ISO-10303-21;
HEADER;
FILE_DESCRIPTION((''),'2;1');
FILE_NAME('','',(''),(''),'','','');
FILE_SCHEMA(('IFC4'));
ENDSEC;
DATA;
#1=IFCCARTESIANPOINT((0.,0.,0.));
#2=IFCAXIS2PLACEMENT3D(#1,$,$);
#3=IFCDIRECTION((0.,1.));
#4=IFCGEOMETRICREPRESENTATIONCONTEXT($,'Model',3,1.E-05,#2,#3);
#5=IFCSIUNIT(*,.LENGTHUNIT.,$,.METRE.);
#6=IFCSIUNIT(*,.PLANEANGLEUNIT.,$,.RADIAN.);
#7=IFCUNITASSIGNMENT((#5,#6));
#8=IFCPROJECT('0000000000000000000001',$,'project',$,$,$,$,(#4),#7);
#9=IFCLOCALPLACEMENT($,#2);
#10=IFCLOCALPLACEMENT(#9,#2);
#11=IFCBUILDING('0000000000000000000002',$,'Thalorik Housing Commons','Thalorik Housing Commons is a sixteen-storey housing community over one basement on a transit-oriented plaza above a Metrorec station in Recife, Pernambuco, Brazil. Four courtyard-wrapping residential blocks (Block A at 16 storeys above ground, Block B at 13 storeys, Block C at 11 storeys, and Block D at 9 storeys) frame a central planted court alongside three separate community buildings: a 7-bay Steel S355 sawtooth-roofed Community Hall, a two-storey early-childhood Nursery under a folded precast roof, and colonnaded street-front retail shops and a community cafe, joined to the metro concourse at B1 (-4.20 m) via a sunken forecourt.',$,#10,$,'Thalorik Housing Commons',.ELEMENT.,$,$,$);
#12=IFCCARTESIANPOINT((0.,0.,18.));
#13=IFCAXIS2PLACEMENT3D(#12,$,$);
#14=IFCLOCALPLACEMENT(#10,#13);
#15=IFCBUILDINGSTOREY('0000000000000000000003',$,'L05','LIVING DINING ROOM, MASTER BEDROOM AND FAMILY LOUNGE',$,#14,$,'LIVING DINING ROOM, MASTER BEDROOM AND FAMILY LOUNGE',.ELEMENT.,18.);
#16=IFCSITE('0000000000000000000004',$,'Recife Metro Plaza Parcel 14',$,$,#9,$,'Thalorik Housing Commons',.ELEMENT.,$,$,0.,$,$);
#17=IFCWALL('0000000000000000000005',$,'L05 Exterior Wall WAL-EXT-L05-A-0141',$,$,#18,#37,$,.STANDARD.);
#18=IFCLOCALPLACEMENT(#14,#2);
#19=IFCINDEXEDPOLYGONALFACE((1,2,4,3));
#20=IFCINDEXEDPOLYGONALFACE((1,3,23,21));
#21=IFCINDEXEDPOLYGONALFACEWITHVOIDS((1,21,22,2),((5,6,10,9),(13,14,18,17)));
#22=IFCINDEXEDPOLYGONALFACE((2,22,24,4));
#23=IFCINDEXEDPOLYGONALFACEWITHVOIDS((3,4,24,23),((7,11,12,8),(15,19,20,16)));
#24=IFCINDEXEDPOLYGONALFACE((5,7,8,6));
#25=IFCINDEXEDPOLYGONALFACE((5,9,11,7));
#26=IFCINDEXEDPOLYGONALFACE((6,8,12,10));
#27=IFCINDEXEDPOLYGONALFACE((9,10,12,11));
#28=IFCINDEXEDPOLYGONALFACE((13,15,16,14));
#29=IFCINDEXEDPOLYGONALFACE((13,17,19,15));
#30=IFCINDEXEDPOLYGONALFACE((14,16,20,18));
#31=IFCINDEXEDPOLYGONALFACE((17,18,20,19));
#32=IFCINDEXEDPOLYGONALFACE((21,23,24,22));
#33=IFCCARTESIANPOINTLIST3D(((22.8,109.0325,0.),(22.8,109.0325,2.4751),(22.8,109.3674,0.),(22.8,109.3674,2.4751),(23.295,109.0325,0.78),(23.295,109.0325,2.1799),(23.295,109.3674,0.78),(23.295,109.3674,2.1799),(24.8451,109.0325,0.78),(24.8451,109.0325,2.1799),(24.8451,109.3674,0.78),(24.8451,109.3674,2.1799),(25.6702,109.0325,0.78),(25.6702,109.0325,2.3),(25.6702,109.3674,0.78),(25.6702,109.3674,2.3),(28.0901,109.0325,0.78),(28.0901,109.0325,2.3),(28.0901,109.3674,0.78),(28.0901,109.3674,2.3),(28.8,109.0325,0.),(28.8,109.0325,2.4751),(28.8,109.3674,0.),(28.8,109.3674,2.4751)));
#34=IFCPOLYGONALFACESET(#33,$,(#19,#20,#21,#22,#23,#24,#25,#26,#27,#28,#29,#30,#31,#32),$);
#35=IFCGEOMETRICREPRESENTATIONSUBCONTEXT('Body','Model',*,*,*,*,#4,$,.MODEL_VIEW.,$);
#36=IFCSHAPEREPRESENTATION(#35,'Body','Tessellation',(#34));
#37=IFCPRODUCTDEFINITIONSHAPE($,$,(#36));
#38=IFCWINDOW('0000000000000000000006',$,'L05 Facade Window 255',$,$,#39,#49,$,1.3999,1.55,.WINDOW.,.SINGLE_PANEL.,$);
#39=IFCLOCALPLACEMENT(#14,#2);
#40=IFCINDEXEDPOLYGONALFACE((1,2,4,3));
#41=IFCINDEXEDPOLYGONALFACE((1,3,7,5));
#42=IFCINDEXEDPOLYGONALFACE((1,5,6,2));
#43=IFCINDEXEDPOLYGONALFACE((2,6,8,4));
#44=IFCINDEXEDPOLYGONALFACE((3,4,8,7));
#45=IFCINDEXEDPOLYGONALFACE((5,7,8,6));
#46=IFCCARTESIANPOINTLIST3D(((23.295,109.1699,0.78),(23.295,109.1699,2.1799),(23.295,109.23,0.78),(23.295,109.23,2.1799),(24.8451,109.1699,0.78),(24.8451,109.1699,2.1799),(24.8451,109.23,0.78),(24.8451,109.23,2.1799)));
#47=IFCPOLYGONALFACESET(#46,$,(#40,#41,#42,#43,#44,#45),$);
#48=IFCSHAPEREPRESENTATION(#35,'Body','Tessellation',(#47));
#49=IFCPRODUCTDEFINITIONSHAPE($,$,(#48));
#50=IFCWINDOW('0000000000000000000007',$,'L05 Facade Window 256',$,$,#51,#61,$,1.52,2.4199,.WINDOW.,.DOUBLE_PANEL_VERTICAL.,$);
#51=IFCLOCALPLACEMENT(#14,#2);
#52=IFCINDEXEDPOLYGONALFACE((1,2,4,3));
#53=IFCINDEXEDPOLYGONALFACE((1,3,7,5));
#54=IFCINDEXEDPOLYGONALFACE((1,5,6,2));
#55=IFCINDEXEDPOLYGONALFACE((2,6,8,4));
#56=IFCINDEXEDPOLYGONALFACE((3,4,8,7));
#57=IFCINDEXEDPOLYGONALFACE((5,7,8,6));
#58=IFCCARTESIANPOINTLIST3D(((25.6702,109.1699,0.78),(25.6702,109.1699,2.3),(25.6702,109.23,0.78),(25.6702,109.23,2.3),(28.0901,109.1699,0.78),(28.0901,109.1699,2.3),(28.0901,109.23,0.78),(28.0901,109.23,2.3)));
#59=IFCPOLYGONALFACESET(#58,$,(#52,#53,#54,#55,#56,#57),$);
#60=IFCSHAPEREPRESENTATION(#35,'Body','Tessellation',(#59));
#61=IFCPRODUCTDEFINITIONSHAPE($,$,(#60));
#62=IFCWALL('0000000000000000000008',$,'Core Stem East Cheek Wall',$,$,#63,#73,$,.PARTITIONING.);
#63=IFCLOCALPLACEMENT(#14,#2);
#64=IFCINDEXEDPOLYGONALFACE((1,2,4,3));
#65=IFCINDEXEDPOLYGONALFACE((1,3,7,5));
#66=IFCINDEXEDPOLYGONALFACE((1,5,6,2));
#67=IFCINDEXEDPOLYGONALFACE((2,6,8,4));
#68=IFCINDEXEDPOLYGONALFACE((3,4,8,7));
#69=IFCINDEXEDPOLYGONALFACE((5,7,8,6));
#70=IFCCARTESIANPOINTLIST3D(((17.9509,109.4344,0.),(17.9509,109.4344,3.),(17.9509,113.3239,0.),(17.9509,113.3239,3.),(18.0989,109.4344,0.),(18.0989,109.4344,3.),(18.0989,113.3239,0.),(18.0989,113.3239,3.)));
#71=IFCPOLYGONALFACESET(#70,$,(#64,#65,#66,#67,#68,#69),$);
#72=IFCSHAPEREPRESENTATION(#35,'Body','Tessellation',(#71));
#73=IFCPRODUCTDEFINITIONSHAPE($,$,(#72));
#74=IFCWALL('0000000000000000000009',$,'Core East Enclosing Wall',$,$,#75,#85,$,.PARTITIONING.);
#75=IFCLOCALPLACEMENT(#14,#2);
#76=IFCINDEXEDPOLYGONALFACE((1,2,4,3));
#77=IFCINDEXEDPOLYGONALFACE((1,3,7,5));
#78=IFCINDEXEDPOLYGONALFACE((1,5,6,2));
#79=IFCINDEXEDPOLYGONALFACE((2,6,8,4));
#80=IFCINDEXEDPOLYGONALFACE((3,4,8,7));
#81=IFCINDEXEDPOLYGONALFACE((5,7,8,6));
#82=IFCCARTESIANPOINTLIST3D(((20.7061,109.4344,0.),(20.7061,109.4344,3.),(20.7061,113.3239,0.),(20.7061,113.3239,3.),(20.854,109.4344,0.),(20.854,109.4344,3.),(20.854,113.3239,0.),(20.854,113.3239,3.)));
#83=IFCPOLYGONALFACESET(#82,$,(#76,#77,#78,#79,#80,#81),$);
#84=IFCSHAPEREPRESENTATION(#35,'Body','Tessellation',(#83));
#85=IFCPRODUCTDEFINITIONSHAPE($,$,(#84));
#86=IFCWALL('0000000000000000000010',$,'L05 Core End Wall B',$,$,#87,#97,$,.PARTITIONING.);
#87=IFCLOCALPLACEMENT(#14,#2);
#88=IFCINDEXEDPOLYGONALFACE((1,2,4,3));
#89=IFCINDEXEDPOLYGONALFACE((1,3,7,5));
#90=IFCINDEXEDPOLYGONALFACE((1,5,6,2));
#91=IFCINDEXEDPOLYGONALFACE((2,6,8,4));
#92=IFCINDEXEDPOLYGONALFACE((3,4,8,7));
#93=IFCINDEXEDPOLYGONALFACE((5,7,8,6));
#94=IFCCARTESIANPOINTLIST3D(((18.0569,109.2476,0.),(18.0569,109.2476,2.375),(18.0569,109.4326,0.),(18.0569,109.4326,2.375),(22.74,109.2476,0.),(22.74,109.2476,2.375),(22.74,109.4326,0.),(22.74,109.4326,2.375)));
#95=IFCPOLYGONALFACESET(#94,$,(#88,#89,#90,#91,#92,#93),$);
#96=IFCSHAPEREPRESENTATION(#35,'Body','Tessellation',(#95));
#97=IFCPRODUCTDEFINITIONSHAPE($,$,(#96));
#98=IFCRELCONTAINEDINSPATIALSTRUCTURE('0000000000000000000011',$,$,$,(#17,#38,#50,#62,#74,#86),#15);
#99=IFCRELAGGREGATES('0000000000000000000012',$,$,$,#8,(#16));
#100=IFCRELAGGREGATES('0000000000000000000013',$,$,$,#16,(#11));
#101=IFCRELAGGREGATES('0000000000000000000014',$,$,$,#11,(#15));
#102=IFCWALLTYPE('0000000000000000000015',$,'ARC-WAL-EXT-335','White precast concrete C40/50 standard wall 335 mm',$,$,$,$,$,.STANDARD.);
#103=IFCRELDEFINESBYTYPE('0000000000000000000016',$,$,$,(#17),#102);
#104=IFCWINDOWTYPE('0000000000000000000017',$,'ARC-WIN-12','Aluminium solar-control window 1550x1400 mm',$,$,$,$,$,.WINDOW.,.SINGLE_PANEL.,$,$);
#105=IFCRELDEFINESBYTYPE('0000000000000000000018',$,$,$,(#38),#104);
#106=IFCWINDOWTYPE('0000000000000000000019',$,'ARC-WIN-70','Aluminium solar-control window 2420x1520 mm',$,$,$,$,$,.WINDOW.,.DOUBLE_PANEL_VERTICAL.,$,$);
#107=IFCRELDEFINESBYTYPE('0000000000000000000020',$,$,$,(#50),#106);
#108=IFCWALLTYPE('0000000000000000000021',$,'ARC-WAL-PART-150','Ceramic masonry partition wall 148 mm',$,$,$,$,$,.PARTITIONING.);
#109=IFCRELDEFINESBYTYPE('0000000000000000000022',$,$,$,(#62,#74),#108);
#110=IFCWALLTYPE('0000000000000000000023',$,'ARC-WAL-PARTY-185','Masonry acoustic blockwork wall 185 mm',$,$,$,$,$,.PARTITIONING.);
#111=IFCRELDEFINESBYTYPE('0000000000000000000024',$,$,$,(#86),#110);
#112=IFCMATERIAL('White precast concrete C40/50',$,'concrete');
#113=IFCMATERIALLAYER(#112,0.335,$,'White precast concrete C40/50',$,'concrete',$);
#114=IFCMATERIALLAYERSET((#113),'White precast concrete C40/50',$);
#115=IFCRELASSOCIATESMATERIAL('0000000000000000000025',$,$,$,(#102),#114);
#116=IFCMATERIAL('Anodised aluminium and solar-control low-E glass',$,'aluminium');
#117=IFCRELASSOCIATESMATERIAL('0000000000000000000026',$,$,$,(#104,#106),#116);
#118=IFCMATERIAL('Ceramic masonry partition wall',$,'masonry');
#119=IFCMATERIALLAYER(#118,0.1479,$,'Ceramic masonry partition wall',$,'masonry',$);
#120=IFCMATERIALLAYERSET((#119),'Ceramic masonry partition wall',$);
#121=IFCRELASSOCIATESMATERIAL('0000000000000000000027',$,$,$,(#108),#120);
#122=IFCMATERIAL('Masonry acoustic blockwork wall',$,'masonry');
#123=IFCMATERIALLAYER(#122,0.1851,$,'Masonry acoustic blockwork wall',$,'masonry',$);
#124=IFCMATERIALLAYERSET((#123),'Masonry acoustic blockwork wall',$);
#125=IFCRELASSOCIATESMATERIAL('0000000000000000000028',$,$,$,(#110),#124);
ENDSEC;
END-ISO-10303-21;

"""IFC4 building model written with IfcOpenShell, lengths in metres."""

from ifc_helpers import new_model, si_unit, direction, frame, frame_2d, origin, place, context, subcontext, project, spatial, rectangle, extrude, material, layer, layer_set, type_object, element, fill, save


model = new_model("IFC4")

# Units and contexts
model_context = context("Model", 3, precision=1e-05, world=origin(), true_north=direction((0.0, 1.0)))
body_context = subcontext(model_context, "Body", "Model", "MODEL_VIEW")
ifc_project = project(units=[si_unit("LENGTHUNIT", "METRE"), si_unit("PLANEANGLEUNIT", "RADIAN")], contexts=[model_context])

# Site, building, storey
site_placement = place(None, origin())
site = spatial("IfcSite", under=ifc_project, at=site_placement, Name="Recife Metro Plaza Parcel 14", LongName="Thalorik Housing Commons", CompositionType="ELEMENT", RefElevation=0.0)
building_placement = place(site_placement, origin())
building = spatial("IfcBuilding", under=site, at=building_placement, Name="Thalorik Housing Commons", Description="Thalorik Housing Commons is a sixteen-storey housing community over one basement on a transit-oriented plaza above a Metrorec station in Recife, Pernambuco, Brazil. Four courtyard-wrapping residential blocks (Block A at 16 storeys above ground, Block B at 13 storeys, Block C at 11 storeys, and Block D at 9 storeys) frame a central planted court alongside three separate community buildings: a 7-bay Steel S355 sawtooth-roofed Community Hall, a two-storey early-childhood Nursery under a folded precast roof, and colonnaded street-front retail shops and a community cafe, joined to the metro concourse at B1 (-4.20 m) via a sunken forecourt.", LongName="Thalorik Housing Commons", CompositionType="ELEMENT")
storey_placement = place(building_placement, frame((0.0, 0.0, 18.0)))
storey = spatial("IfcBuildingStorey", under=building, at=storey_placement, Name="L05", Description="LIVING DINING ROOM, MASTER BEDROOM AND FAMILY LOUNGE", LongName="LIVING DINING ROOM, MASTER BEDROOM AND FAMILY LOUNGE", CompositionType="ELEMENT", Elevation=18.0)

# Wall, openings, windows
ifc_material_1 = material(Name="White precast concrete C40/50", Category="concrete")
ifc_layer_1 = layer(ifc_material_1, 0.335, Name="White precast concrete C40/50", Category="concrete")
ifc_layer_set_1 = layer_set([ifc_layer_1], Name="White precast concrete C40/50")
wall_type_1 = type_object("IfcWallType", Name="ARC-WAL-EXT-335", Description="White precast concrete C40/50 standard wall 335 mm", PredefinedType="STANDARD", material=ifc_layer_set_1)
wall_1_placement = place(storey_placement, frame((22.8, 109.2, 0.0), z_axis=(0.0, 0.0, 1.0), x_axis=(1.0, 0.0, 0.0)))
wall_1 = element("IfcWall", 1, at=wall_1_placement, inside=storey, type_object=wall_type_1, Name="L05 Exterior Wall WAL-EXT-L05-A-0141", PredefinedType="STANDARD", context=body_context, shape_type="SweptSolid", body=[
    extrude(rectangle(XDim=6.0, YDim=0.335, at=frame_2d((3.0, 0.0))), origin(), (0.0, 0.0, 1.0), 2.4751),
])
opening_1_placement = place(wall_1_placement, frame((0.4951, 0.0, 0.78)))
opening_1 = element("IfcOpeningElement", 2, at=opening_1_placement, cuts=wall_1, PredefinedType="OPENING", context=body_context, shape_type="SweptSolid", body=[
    extrude(rectangle(XDim=1.55, YDim=1.3999, at=frame_2d((0.7749, 0.7))), frame((0.0, 0.1775, 0.0), z_axis=(0.0, -1.0, 0.0), x_axis=(1.0, 0.0, 0.0)), (0.0, 0.0, 1.0), 0.355),
])
opening_2_placement = place(wall_1_placement, frame((2.8701, 0.0, 0.78)))
opening_2 = element("IfcOpeningElement", 3, at=opening_2_placement, cuts=wall_1, PredefinedType="OPENING", context=body_context, shape_type="SweptSolid", body=[
    extrude(rectangle(XDim=2.4199, YDim=1.52, at=frame_2d((1.21, 0.76))), frame((0.0, 0.1775, 0.0), z_axis=(0.0, -1.0, 0.0), x_axis=(1.0, 0.0, 0.0)), (0.0, 0.0, 1.0), 0.355),
])
ifc_material_2 = material(Name="Anodised aluminium and solar-control low-E glass", Category="aluminium")
window_type_1 = type_object("IfcWindowType", Name="ARC-WIN-12", Description="Aluminium solar-control window 1550x1400 mm", PartitioningType="SINGLE_PANEL", PredefinedType="WINDOW", material=ifc_material_2)
window_1_placement = place(opening_1_placement, origin())
window_1 = element("IfcWindow", 4, at=window_1_placement, inside=storey, type_object=window_type_1, Name="L05 Facade Window 255", OverallHeight=1.3999, OverallWidth=1.55, PartitioningType="SINGLE_PANEL", PredefinedType="WINDOW", context=body_context, shape_type="SweptSolid", body=[
    extrude(rectangle(XDim=1.55, YDim=1.3999, at=frame_2d((0.7749, 0.7))), frame((0.0, 0.03, 0.0), z_axis=(0.0, -1.0, 0.0), x_axis=(1.0, 0.0, 0.0)), (0.0, 0.0, 1.0), 0.0601),
])
fill(opening_1, window_1)
window_type_2 = type_object("IfcWindowType", Name="ARC-WIN-70", Description="Aluminium solar-control window 2420x1520 mm", PartitioningType="DOUBLE_PANEL_VERTICAL", PredefinedType="WINDOW", material=ifc_material_2)
window_2_placement = place(opening_2_placement, origin())
window_2 = element("IfcWindow", 5, at=window_2_placement, inside=storey, type_object=window_type_2, Name="L05 Facade Window 256", OverallHeight=1.52, OverallWidth=2.4199, PartitioningType="DOUBLE_PANEL_VERTICAL", PredefinedType="WINDOW", context=body_context, shape_type="SweptSolid", body=[
    extrude(rectangle(XDim=2.4199, YDim=1.52, at=frame_2d((1.21, 0.76))), frame((0.0, 0.03, 0.0), z_axis=(0.0, -1.0, 0.0), x_axis=(1.0, 0.0, 0.0)), (0.0, 0.0, 1.0), 0.0601),
])
fill(opening_2, window_2)

# Walls
ifc_material_3 = material(Name="Ceramic masonry partition wall", Category="masonry")
ifc_layer_2 = layer(ifc_material_3, 0.1479, Name="Ceramic masonry partition wall", Category="masonry")
ifc_layer_set_2 = layer_set([ifc_layer_2], Name="Ceramic masonry partition wall")
wall_type_2 = type_object("IfcWallType", Name="ARC-WAL-PART-150", Description="Ceramic masonry partition wall 148 mm", PredefinedType="PARTITIONING", material=ifc_layer_set_2)
for number, where, z_axis, x_axis, name in (
    (6, (18.0249, 113.324, 0.0), (0.0, 0.0, 1.0), (0.0, -1.0, 0.0), "Core Stem East Cheek Wall"),
    (7, (20.78, 113.324, 0.0), (0.0, 0.0, 1.0), (0.0, -1.0, 0.0), "Core East Enclosing Wall"),
):
    element("IfcWall", number, at=place(storey_placement, frame(where, z_axis=z_axis, x_axis=x_axis)), inside=storey, type_object=wall_type_2, Name=name, PredefinedType="PARTITIONING", context=body_context, shape_type="SweptSolid", body=[
        extrude(rectangle(XDim=3.8894, YDim=0.1479, at=frame_2d((1.9448, 0.0))), origin(), (0.0, 0.0, 1.0), 3.0),
    ])

# Wall
ifc_material_4 = material(Name="Masonry acoustic blockwork wall", Category="masonry")
ifc_layer_3 = layer(ifc_material_4, 0.1851, Name="Masonry acoustic blockwork wall", Category="masonry")
ifc_layer_set_3 = layer_set([ifc_layer_3], Name="Masonry acoustic blockwork wall")
wall_type_3 = type_object("IfcWallType", Name="ARC-WAL-PARTY-185", Description="Masonry acoustic blockwork wall 185 mm", PredefinedType="PARTITIONING", material=ifc_layer_set_3)
wall_2_placement = place(storey_placement, frame((18.0569, 109.3401, 0.0), z_axis=(0.0, 0.0, 1.0), x_axis=(1.0, 0.0, 0.0)))
element("IfcWall", 8, at=wall_2_placement, inside=storey, type_object=wall_type_3, Name="L05 Core End Wall B", PredefinedType="PARTITIONING", context=body_context, shape_type="SweptSolid", body=[
    extrude(rectangle(XDim=4.6831, YDim=0.1851, at=frame_2d((2.3416, 0.0))), origin(), (0.0, 0.0, 1.0), 2.375),
])

save(model, "model.ifc")
